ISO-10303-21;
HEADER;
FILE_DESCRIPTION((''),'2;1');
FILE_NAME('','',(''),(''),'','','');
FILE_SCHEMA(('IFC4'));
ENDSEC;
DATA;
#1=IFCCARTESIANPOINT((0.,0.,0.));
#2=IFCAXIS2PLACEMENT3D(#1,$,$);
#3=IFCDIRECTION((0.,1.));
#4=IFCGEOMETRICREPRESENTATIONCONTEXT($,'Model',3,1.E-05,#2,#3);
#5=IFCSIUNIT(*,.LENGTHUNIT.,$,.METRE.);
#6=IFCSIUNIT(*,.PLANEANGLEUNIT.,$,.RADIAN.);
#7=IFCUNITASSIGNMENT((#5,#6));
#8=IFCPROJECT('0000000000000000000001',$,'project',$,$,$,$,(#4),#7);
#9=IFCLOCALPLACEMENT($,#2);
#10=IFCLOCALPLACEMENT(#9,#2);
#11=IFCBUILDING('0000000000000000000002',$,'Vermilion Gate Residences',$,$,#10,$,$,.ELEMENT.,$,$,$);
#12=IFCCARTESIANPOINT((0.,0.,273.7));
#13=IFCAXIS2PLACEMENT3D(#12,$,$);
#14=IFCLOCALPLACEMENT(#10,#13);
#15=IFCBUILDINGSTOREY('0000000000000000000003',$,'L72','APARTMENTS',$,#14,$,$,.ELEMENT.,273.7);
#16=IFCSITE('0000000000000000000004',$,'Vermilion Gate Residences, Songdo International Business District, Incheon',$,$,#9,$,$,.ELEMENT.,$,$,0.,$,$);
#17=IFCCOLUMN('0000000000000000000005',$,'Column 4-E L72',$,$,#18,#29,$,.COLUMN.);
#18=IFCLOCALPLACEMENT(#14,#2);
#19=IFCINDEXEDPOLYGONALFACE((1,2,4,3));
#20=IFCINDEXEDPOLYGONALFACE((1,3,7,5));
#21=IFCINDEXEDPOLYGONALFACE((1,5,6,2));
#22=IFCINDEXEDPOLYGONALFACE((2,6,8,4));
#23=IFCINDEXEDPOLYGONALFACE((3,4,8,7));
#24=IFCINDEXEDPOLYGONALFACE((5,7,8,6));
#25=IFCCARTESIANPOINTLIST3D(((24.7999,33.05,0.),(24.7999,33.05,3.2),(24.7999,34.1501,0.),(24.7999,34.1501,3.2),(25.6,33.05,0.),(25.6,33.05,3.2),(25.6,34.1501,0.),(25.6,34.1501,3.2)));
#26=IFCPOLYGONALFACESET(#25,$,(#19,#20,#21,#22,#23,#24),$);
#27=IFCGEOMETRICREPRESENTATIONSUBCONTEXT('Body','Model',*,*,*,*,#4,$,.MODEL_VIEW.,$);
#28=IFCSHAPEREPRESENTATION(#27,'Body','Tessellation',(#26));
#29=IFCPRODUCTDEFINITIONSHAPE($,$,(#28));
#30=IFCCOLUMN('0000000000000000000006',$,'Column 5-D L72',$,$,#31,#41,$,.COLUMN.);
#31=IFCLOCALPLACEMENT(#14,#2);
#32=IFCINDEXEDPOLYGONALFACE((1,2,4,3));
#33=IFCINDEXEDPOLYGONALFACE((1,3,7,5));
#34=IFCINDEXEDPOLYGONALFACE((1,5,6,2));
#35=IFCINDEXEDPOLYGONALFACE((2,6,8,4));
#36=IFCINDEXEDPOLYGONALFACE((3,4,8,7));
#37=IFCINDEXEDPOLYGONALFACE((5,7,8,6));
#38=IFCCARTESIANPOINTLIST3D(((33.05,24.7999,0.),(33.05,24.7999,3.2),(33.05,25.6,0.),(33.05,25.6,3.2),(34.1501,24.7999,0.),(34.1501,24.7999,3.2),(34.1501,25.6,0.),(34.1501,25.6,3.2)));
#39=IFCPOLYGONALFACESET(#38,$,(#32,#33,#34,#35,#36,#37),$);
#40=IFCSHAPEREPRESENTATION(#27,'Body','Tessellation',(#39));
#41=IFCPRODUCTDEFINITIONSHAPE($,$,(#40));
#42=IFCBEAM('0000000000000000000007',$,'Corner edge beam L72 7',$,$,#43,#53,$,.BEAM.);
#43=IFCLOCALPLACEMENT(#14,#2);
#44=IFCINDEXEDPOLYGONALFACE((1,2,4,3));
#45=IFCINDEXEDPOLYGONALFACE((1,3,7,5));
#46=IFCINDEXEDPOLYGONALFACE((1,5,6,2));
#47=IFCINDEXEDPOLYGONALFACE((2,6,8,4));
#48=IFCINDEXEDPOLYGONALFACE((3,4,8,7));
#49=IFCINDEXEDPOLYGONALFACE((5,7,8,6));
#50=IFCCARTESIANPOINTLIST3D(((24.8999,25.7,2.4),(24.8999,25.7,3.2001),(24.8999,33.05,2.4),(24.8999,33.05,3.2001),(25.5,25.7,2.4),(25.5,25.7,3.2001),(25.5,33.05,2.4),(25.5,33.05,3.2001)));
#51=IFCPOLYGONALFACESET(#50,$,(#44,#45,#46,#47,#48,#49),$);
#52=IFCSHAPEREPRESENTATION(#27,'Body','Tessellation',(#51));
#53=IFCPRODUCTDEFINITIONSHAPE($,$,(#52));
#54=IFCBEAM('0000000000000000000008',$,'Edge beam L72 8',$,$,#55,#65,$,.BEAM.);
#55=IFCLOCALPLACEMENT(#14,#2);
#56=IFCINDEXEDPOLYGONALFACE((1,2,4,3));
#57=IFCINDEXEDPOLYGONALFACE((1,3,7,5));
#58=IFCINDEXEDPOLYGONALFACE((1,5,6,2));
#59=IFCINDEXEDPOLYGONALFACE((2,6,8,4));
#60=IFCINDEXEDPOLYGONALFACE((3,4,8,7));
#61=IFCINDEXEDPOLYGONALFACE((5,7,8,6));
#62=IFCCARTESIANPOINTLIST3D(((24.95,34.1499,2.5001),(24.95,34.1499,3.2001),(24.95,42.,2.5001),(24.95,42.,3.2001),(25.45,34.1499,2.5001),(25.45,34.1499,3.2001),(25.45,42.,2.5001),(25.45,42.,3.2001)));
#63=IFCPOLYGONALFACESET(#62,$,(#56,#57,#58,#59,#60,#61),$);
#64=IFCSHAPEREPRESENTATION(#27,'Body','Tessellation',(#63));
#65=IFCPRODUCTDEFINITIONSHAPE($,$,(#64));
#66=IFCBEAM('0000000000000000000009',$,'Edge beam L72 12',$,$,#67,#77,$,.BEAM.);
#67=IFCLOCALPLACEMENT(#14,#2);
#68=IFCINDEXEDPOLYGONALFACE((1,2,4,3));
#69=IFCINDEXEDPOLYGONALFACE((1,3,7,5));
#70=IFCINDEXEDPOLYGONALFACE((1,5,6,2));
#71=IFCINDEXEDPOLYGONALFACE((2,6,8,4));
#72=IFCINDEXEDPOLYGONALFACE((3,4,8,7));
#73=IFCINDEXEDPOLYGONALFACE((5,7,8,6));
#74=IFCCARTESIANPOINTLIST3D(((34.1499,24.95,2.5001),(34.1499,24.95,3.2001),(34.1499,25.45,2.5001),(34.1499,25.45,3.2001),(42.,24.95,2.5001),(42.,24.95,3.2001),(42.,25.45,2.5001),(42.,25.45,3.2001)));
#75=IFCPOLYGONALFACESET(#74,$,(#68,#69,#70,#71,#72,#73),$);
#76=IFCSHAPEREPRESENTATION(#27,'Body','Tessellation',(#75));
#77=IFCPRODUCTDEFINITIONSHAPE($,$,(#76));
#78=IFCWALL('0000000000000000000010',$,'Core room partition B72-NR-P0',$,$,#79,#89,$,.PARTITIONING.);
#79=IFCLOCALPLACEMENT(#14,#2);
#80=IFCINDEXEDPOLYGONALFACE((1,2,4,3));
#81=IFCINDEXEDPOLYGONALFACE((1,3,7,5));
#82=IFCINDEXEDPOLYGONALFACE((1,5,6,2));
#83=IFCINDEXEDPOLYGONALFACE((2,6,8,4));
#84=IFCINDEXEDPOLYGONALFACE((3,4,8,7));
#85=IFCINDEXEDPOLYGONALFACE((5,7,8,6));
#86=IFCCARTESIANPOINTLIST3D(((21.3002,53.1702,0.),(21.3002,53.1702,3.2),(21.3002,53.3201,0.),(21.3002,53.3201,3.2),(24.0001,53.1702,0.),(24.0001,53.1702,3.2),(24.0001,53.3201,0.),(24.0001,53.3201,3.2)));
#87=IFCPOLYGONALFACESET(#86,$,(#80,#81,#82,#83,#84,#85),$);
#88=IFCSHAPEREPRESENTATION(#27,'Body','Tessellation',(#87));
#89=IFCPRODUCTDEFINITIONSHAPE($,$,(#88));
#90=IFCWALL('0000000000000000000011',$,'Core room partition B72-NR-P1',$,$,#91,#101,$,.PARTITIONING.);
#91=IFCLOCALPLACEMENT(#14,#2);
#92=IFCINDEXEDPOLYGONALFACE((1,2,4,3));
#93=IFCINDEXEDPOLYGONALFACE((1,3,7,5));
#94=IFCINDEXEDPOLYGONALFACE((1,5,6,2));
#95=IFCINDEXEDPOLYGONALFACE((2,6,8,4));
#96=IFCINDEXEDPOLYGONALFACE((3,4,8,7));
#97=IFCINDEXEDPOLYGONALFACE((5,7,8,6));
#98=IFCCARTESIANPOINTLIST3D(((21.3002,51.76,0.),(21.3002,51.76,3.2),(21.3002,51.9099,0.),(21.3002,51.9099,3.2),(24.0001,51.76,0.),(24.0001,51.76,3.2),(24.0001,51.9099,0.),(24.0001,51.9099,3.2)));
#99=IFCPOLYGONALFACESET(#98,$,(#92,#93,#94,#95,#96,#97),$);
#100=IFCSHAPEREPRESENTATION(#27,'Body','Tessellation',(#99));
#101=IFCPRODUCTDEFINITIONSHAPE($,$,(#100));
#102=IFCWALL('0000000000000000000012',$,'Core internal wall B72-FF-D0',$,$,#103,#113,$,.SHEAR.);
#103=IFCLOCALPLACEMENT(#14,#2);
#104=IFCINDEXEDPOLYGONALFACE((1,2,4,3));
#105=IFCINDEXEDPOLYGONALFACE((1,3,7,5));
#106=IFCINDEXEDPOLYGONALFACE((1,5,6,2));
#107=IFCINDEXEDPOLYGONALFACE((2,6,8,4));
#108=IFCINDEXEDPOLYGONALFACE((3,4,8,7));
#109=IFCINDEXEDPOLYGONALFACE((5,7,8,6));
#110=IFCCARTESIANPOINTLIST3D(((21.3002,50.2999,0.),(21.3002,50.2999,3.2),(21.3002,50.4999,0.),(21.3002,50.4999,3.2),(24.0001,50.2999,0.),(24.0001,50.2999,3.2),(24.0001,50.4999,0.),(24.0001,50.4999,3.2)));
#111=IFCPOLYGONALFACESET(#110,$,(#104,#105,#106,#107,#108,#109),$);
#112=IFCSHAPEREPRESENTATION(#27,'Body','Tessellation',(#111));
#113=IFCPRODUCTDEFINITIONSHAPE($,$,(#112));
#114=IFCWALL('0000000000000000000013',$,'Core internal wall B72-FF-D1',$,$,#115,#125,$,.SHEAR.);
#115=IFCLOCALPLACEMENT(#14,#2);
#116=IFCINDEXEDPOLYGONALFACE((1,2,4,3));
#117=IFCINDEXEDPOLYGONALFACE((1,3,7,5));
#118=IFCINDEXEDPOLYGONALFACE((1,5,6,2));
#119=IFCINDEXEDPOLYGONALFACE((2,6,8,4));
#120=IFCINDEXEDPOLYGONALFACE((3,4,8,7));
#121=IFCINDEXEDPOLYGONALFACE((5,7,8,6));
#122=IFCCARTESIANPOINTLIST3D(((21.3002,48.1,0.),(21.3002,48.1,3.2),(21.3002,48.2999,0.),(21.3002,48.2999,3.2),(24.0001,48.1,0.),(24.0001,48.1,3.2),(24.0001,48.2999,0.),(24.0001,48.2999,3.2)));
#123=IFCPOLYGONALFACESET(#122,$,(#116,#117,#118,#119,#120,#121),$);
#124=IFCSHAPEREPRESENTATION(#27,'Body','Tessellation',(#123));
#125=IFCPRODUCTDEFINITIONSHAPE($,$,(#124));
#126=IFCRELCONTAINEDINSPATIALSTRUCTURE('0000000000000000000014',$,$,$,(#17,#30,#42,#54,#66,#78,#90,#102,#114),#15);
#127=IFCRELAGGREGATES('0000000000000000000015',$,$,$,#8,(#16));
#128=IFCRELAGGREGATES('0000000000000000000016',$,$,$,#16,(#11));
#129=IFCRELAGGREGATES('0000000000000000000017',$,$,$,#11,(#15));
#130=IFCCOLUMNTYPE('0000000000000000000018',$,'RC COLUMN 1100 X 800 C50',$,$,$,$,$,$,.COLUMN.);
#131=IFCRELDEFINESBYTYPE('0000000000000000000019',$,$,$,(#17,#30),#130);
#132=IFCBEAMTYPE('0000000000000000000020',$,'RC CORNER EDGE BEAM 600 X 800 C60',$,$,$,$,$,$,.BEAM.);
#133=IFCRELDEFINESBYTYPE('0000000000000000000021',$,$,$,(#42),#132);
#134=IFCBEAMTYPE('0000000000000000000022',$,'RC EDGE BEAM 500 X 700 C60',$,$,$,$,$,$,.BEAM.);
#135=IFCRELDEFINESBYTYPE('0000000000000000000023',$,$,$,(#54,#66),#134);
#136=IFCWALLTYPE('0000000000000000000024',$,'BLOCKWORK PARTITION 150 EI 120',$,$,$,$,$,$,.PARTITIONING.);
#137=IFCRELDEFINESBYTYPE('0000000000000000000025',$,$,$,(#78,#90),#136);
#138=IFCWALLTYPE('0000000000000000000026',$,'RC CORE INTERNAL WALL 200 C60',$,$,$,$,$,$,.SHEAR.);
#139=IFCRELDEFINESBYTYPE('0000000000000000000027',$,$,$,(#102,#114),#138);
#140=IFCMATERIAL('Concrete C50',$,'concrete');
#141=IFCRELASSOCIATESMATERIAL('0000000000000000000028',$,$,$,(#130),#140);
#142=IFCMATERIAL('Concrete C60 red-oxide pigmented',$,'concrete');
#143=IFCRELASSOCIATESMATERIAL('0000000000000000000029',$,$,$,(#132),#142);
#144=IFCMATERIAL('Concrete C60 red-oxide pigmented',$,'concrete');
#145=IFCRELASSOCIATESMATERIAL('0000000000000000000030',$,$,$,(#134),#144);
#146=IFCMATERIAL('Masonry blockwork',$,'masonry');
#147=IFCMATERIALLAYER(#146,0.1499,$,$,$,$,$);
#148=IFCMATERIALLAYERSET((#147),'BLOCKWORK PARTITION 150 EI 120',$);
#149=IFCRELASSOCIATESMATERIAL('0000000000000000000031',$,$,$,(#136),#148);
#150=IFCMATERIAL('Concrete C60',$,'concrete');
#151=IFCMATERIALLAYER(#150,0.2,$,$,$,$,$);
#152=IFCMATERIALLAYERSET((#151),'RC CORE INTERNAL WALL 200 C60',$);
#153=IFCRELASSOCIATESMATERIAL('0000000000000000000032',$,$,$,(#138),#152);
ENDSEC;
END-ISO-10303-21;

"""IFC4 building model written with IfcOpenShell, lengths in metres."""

from ifc_helpers import new_model, si_unit, direction, frame, frame_2d, origin, origin_2d, place, context, subcontext, project, spatial, rectangle, extrude, material, layer, layer_set, material_profile, profile_set, type_object, element, save


model = new_model("IFC4")

# Units and contexts
model_context = context("Model", 3, precision=1e-05, world=origin(), true_north=direction((0.0, 1.0)))
body_context = subcontext(model_context, "Body", "Model", "MODEL_VIEW")
ifc_project = project(units=[si_unit("LENGTHUNIT", "METRE"), si_unit("PLANEANGLEUNIT", "RADIAN")], contexts=[model_context])

# Site, building, storey
site_placement = place(None, origin())
site = spatial("IfcSite", under=ifc_project, at=site_placement, Name="Vermilion Gate Residences, Songdo International Business District, Incheon", CompositionType="ELEMENT", RefElevation=0.0)
building_placement = place(site_placement, origin())
building = spatial("IfcBuilding", under=site, at=building_placement, Name="Vermilion Gate Residences", CompositionType="ELEMENT")
storey_placement = place(building_placement, frame((0.0, 0.0, 273.7)))
storey = spatial("IfcBuildingStorey", under=building, at=storey_placement, Name="L72", Description="APARTMENTS", CompositionType="ELEMENT", Elevation=273.7)

# Columns
ifc_material_1 = material(Name="Concrete C50", Category="concrete")
ifc_material_profile_1 = material_profile(ifc_material_1, rectangle(XDim=1.1001, YDim=0.8, at=origin_2d()), Name="RC-1100x800")
ifc_profile_set_1 = profile_set([ifc_material_profile_1], Name="Concrete C50")
column_type = type_object("IfcColumnType", Name="RC COLUMN 1100 X 800 C50", PredefinedType="COLUMN", material=ifc_profile_set_1)
for number, where, z_axis, x_axis, name in (
    (1, (25.2, 33.6001, 0.0), (0.0, 0.0, 1.0), (0.0, 1.0, 0.0), "Column 4-E L72"),
    (2, (33.6001, 25.2, 0.0), (0.0, 0.0, 1.0), (1.0, 0.0, 0.0), "Column 5-D L72"),
):
    element("IfcColumn", number, at=place(storey_placement, frame(where, z_axis=z_axis, x_axis=x_axis)), inside=storey, type_object=column_type, Name=name, PredefinedType="COLUMN", context=body_context, shape_type="SweptSolid", body=[
        extrude(rectangle(XDim=1.1001, YDim=0.8, at=origin_2d()), origin(), (0.0, 0.0, 1.0), 3.2),
    ])

# Beams
ifc_material_2 = material(Name="Concrete C60 red-oxide pigmented", Category="concrete")
ifc_material_profile_2 = material_profile(ifc_material_2, rectangle(XDim=0.6001, YDim=0.8, at=origin_2d()), Name="RC-600x800")
ifc_profile_set_2 = profile_set([ifc_material_profile_2], Name="Concrete C60 red-oxide pigmented")
beam_type_1 = type_object("IfcBeamType", Name="RC CORNER EDGE BEAM 600 X 800 C60", PredefinedType="BEAM", material=ifc_profile_set_2)
beam_placement = place(storey_placement, frame((25.2, 25.7, 2.8), z_axis=(0.0, 1.0, 0.0), x_axis=(-1.0, 0.0, 0.0)))
element("IfcBeam", 3, at=beam_placement, inside=storey, type_object=beam_type_1, Name="Corner edge beam L72 7", PredefinedType="BEAM", context=body_context, shape_type="SweptSolid", body=[
    extrude(rectangle(XDim=0.6001, YDim=0.8, at=origin_2d()), origin(), (0.0, 0.0, 1.0), 7.3501),
])
ifc_material_3 = material(Name="Concrete C60 red-oxide pigmented", Category="concrete")
ifc_material_profile_3 = material_profile(ifc_material_3, rectangle(XDim=0.5, YDim=0.7, at=origin_2d()), Name="RC-500x700")
ifc_profile_set_3 = profile_set([ifc_material_profile_3], Name="Concrete C60 red-oxide pigmented")
beam_type_2 = type_object("IfcBeamType", Name="RC EDGE BEAM 500 X 700 C60", PredefinedType="BEAM", material=ifc_profile_set_3)
for number, where, z_axis, x_axis, name in (
    (4, (25.2, 34.1499, 2.8501), (0.0, 1.0, 0.0), (-1.0, 0.0, 0.0), "Edge beam L72 8"),
    (5, (34.1499, 25.2, 2.8501), (1.0, 0.0, 0.0), (0.0, 1.0, 0.0), "Edge beam L72 12"),
):
    element("IfcBeam", number, at=place(storey_placement, frame(where, z_axis=z_axis, x_axis=x_axis)), inside=storey, type_object=beam_type_2, Name=name, PredefinedType="BEAM", context=body_context, shape_type="SweptSolid", body=[
        extrude(rectangle(XDim=0.5, YDim=0.7, at=origin_2d()), origin(), (0.0, 0.0, 1.0), 7.8501),
    ])

# Walls
ifc_material_4 = material(Name="Masonry blockwork", Category="masonry")
ifc_layer_1 = layer(ifc_material_4, 0.1499)
ifc_layer_set_1 = layer_set([ifc_layer_1], Name="BLOCKWORK PARTITION 150 EI 120")
wall_type_1 = type_object("IfcWallType", Name="BLOCKWORK PARTITION 150 EI 120", PredefinedType="PARTITIONING", material=ifc_layer_set_1)
for number, where, z_axis, x_axis, name in (
    (6, (21.3, 53.2451, 0.0), (0.0, 0.0, 1.0), (1.0, 0.0, 0.0), "Core room partition B72-NR-P0"),
    (7, (21.3, 51.835, 0.0), (0.0, 0.0, 1.0), (1.0, 0.0, 0.0), "Core room partition B72-NR-P1"),
):
    element("IfcWall", number, at=place(storey_placement, frame(where, z_axis=z_axis, x_axis=x_axis)), inside=storey, type_object=wall_type_1, Name=name, PredefinedType="PARTITIONING", context=body_context, shape_type="SweptSolid", body=[
        extrude(rectangle(XDim=2.7, YDim=0.1499, at=frame_2d((1.3501, 0.0))), origin(), (0.0, 0.0, 1.0), 3.2),
    ])
ifc_material_5 = material(Name="Concrete C60", Category="concrete")
ifc_layer_2 = layer(ifc_material_5, 0.2)
ifc_layer_set_2 = layer_set([ifc_layer_2], Name="RC CORE INTERNAL WALL 200 C60")
wall_type_2 = type_object("IfcWallType", Name="RC CORE INTERNAL WALL 200 C60", PredefinedType="SHEAR", material=ifc_layer_set_2)
for number, where, z_axis, x_axis, name in (
    (8, (21.3, 50.3999, 0.0), (0.0, 0.0, 1.0), (1.0, 0.0, 0.0), "Core internal wall B72-FF-D0"),
    (9, (21.3, 48.2, 0.0), (0.0, 0.0, 1.0), (1.0, 0.0, 0.0), "Core internal wall B72-FF-D1"),
):
    element("IfcWall", number, at=place(storey_placement, frame(where, z_axis=z_axis, x_axis=x_axis)), inside=storey, type_object=wall_type_2, Name=name, PredefinedType="SHEAR", context=body_context, shape_type="SweptSolid", body=[
        extrude(rectangle(XDim=2.7, YDim=0.2, at=frame_2d((1.3501, 0.0))), origin(), (0.0, 0.0, 1.0), 3.2),
    ])

save(model, "model.ifc")
